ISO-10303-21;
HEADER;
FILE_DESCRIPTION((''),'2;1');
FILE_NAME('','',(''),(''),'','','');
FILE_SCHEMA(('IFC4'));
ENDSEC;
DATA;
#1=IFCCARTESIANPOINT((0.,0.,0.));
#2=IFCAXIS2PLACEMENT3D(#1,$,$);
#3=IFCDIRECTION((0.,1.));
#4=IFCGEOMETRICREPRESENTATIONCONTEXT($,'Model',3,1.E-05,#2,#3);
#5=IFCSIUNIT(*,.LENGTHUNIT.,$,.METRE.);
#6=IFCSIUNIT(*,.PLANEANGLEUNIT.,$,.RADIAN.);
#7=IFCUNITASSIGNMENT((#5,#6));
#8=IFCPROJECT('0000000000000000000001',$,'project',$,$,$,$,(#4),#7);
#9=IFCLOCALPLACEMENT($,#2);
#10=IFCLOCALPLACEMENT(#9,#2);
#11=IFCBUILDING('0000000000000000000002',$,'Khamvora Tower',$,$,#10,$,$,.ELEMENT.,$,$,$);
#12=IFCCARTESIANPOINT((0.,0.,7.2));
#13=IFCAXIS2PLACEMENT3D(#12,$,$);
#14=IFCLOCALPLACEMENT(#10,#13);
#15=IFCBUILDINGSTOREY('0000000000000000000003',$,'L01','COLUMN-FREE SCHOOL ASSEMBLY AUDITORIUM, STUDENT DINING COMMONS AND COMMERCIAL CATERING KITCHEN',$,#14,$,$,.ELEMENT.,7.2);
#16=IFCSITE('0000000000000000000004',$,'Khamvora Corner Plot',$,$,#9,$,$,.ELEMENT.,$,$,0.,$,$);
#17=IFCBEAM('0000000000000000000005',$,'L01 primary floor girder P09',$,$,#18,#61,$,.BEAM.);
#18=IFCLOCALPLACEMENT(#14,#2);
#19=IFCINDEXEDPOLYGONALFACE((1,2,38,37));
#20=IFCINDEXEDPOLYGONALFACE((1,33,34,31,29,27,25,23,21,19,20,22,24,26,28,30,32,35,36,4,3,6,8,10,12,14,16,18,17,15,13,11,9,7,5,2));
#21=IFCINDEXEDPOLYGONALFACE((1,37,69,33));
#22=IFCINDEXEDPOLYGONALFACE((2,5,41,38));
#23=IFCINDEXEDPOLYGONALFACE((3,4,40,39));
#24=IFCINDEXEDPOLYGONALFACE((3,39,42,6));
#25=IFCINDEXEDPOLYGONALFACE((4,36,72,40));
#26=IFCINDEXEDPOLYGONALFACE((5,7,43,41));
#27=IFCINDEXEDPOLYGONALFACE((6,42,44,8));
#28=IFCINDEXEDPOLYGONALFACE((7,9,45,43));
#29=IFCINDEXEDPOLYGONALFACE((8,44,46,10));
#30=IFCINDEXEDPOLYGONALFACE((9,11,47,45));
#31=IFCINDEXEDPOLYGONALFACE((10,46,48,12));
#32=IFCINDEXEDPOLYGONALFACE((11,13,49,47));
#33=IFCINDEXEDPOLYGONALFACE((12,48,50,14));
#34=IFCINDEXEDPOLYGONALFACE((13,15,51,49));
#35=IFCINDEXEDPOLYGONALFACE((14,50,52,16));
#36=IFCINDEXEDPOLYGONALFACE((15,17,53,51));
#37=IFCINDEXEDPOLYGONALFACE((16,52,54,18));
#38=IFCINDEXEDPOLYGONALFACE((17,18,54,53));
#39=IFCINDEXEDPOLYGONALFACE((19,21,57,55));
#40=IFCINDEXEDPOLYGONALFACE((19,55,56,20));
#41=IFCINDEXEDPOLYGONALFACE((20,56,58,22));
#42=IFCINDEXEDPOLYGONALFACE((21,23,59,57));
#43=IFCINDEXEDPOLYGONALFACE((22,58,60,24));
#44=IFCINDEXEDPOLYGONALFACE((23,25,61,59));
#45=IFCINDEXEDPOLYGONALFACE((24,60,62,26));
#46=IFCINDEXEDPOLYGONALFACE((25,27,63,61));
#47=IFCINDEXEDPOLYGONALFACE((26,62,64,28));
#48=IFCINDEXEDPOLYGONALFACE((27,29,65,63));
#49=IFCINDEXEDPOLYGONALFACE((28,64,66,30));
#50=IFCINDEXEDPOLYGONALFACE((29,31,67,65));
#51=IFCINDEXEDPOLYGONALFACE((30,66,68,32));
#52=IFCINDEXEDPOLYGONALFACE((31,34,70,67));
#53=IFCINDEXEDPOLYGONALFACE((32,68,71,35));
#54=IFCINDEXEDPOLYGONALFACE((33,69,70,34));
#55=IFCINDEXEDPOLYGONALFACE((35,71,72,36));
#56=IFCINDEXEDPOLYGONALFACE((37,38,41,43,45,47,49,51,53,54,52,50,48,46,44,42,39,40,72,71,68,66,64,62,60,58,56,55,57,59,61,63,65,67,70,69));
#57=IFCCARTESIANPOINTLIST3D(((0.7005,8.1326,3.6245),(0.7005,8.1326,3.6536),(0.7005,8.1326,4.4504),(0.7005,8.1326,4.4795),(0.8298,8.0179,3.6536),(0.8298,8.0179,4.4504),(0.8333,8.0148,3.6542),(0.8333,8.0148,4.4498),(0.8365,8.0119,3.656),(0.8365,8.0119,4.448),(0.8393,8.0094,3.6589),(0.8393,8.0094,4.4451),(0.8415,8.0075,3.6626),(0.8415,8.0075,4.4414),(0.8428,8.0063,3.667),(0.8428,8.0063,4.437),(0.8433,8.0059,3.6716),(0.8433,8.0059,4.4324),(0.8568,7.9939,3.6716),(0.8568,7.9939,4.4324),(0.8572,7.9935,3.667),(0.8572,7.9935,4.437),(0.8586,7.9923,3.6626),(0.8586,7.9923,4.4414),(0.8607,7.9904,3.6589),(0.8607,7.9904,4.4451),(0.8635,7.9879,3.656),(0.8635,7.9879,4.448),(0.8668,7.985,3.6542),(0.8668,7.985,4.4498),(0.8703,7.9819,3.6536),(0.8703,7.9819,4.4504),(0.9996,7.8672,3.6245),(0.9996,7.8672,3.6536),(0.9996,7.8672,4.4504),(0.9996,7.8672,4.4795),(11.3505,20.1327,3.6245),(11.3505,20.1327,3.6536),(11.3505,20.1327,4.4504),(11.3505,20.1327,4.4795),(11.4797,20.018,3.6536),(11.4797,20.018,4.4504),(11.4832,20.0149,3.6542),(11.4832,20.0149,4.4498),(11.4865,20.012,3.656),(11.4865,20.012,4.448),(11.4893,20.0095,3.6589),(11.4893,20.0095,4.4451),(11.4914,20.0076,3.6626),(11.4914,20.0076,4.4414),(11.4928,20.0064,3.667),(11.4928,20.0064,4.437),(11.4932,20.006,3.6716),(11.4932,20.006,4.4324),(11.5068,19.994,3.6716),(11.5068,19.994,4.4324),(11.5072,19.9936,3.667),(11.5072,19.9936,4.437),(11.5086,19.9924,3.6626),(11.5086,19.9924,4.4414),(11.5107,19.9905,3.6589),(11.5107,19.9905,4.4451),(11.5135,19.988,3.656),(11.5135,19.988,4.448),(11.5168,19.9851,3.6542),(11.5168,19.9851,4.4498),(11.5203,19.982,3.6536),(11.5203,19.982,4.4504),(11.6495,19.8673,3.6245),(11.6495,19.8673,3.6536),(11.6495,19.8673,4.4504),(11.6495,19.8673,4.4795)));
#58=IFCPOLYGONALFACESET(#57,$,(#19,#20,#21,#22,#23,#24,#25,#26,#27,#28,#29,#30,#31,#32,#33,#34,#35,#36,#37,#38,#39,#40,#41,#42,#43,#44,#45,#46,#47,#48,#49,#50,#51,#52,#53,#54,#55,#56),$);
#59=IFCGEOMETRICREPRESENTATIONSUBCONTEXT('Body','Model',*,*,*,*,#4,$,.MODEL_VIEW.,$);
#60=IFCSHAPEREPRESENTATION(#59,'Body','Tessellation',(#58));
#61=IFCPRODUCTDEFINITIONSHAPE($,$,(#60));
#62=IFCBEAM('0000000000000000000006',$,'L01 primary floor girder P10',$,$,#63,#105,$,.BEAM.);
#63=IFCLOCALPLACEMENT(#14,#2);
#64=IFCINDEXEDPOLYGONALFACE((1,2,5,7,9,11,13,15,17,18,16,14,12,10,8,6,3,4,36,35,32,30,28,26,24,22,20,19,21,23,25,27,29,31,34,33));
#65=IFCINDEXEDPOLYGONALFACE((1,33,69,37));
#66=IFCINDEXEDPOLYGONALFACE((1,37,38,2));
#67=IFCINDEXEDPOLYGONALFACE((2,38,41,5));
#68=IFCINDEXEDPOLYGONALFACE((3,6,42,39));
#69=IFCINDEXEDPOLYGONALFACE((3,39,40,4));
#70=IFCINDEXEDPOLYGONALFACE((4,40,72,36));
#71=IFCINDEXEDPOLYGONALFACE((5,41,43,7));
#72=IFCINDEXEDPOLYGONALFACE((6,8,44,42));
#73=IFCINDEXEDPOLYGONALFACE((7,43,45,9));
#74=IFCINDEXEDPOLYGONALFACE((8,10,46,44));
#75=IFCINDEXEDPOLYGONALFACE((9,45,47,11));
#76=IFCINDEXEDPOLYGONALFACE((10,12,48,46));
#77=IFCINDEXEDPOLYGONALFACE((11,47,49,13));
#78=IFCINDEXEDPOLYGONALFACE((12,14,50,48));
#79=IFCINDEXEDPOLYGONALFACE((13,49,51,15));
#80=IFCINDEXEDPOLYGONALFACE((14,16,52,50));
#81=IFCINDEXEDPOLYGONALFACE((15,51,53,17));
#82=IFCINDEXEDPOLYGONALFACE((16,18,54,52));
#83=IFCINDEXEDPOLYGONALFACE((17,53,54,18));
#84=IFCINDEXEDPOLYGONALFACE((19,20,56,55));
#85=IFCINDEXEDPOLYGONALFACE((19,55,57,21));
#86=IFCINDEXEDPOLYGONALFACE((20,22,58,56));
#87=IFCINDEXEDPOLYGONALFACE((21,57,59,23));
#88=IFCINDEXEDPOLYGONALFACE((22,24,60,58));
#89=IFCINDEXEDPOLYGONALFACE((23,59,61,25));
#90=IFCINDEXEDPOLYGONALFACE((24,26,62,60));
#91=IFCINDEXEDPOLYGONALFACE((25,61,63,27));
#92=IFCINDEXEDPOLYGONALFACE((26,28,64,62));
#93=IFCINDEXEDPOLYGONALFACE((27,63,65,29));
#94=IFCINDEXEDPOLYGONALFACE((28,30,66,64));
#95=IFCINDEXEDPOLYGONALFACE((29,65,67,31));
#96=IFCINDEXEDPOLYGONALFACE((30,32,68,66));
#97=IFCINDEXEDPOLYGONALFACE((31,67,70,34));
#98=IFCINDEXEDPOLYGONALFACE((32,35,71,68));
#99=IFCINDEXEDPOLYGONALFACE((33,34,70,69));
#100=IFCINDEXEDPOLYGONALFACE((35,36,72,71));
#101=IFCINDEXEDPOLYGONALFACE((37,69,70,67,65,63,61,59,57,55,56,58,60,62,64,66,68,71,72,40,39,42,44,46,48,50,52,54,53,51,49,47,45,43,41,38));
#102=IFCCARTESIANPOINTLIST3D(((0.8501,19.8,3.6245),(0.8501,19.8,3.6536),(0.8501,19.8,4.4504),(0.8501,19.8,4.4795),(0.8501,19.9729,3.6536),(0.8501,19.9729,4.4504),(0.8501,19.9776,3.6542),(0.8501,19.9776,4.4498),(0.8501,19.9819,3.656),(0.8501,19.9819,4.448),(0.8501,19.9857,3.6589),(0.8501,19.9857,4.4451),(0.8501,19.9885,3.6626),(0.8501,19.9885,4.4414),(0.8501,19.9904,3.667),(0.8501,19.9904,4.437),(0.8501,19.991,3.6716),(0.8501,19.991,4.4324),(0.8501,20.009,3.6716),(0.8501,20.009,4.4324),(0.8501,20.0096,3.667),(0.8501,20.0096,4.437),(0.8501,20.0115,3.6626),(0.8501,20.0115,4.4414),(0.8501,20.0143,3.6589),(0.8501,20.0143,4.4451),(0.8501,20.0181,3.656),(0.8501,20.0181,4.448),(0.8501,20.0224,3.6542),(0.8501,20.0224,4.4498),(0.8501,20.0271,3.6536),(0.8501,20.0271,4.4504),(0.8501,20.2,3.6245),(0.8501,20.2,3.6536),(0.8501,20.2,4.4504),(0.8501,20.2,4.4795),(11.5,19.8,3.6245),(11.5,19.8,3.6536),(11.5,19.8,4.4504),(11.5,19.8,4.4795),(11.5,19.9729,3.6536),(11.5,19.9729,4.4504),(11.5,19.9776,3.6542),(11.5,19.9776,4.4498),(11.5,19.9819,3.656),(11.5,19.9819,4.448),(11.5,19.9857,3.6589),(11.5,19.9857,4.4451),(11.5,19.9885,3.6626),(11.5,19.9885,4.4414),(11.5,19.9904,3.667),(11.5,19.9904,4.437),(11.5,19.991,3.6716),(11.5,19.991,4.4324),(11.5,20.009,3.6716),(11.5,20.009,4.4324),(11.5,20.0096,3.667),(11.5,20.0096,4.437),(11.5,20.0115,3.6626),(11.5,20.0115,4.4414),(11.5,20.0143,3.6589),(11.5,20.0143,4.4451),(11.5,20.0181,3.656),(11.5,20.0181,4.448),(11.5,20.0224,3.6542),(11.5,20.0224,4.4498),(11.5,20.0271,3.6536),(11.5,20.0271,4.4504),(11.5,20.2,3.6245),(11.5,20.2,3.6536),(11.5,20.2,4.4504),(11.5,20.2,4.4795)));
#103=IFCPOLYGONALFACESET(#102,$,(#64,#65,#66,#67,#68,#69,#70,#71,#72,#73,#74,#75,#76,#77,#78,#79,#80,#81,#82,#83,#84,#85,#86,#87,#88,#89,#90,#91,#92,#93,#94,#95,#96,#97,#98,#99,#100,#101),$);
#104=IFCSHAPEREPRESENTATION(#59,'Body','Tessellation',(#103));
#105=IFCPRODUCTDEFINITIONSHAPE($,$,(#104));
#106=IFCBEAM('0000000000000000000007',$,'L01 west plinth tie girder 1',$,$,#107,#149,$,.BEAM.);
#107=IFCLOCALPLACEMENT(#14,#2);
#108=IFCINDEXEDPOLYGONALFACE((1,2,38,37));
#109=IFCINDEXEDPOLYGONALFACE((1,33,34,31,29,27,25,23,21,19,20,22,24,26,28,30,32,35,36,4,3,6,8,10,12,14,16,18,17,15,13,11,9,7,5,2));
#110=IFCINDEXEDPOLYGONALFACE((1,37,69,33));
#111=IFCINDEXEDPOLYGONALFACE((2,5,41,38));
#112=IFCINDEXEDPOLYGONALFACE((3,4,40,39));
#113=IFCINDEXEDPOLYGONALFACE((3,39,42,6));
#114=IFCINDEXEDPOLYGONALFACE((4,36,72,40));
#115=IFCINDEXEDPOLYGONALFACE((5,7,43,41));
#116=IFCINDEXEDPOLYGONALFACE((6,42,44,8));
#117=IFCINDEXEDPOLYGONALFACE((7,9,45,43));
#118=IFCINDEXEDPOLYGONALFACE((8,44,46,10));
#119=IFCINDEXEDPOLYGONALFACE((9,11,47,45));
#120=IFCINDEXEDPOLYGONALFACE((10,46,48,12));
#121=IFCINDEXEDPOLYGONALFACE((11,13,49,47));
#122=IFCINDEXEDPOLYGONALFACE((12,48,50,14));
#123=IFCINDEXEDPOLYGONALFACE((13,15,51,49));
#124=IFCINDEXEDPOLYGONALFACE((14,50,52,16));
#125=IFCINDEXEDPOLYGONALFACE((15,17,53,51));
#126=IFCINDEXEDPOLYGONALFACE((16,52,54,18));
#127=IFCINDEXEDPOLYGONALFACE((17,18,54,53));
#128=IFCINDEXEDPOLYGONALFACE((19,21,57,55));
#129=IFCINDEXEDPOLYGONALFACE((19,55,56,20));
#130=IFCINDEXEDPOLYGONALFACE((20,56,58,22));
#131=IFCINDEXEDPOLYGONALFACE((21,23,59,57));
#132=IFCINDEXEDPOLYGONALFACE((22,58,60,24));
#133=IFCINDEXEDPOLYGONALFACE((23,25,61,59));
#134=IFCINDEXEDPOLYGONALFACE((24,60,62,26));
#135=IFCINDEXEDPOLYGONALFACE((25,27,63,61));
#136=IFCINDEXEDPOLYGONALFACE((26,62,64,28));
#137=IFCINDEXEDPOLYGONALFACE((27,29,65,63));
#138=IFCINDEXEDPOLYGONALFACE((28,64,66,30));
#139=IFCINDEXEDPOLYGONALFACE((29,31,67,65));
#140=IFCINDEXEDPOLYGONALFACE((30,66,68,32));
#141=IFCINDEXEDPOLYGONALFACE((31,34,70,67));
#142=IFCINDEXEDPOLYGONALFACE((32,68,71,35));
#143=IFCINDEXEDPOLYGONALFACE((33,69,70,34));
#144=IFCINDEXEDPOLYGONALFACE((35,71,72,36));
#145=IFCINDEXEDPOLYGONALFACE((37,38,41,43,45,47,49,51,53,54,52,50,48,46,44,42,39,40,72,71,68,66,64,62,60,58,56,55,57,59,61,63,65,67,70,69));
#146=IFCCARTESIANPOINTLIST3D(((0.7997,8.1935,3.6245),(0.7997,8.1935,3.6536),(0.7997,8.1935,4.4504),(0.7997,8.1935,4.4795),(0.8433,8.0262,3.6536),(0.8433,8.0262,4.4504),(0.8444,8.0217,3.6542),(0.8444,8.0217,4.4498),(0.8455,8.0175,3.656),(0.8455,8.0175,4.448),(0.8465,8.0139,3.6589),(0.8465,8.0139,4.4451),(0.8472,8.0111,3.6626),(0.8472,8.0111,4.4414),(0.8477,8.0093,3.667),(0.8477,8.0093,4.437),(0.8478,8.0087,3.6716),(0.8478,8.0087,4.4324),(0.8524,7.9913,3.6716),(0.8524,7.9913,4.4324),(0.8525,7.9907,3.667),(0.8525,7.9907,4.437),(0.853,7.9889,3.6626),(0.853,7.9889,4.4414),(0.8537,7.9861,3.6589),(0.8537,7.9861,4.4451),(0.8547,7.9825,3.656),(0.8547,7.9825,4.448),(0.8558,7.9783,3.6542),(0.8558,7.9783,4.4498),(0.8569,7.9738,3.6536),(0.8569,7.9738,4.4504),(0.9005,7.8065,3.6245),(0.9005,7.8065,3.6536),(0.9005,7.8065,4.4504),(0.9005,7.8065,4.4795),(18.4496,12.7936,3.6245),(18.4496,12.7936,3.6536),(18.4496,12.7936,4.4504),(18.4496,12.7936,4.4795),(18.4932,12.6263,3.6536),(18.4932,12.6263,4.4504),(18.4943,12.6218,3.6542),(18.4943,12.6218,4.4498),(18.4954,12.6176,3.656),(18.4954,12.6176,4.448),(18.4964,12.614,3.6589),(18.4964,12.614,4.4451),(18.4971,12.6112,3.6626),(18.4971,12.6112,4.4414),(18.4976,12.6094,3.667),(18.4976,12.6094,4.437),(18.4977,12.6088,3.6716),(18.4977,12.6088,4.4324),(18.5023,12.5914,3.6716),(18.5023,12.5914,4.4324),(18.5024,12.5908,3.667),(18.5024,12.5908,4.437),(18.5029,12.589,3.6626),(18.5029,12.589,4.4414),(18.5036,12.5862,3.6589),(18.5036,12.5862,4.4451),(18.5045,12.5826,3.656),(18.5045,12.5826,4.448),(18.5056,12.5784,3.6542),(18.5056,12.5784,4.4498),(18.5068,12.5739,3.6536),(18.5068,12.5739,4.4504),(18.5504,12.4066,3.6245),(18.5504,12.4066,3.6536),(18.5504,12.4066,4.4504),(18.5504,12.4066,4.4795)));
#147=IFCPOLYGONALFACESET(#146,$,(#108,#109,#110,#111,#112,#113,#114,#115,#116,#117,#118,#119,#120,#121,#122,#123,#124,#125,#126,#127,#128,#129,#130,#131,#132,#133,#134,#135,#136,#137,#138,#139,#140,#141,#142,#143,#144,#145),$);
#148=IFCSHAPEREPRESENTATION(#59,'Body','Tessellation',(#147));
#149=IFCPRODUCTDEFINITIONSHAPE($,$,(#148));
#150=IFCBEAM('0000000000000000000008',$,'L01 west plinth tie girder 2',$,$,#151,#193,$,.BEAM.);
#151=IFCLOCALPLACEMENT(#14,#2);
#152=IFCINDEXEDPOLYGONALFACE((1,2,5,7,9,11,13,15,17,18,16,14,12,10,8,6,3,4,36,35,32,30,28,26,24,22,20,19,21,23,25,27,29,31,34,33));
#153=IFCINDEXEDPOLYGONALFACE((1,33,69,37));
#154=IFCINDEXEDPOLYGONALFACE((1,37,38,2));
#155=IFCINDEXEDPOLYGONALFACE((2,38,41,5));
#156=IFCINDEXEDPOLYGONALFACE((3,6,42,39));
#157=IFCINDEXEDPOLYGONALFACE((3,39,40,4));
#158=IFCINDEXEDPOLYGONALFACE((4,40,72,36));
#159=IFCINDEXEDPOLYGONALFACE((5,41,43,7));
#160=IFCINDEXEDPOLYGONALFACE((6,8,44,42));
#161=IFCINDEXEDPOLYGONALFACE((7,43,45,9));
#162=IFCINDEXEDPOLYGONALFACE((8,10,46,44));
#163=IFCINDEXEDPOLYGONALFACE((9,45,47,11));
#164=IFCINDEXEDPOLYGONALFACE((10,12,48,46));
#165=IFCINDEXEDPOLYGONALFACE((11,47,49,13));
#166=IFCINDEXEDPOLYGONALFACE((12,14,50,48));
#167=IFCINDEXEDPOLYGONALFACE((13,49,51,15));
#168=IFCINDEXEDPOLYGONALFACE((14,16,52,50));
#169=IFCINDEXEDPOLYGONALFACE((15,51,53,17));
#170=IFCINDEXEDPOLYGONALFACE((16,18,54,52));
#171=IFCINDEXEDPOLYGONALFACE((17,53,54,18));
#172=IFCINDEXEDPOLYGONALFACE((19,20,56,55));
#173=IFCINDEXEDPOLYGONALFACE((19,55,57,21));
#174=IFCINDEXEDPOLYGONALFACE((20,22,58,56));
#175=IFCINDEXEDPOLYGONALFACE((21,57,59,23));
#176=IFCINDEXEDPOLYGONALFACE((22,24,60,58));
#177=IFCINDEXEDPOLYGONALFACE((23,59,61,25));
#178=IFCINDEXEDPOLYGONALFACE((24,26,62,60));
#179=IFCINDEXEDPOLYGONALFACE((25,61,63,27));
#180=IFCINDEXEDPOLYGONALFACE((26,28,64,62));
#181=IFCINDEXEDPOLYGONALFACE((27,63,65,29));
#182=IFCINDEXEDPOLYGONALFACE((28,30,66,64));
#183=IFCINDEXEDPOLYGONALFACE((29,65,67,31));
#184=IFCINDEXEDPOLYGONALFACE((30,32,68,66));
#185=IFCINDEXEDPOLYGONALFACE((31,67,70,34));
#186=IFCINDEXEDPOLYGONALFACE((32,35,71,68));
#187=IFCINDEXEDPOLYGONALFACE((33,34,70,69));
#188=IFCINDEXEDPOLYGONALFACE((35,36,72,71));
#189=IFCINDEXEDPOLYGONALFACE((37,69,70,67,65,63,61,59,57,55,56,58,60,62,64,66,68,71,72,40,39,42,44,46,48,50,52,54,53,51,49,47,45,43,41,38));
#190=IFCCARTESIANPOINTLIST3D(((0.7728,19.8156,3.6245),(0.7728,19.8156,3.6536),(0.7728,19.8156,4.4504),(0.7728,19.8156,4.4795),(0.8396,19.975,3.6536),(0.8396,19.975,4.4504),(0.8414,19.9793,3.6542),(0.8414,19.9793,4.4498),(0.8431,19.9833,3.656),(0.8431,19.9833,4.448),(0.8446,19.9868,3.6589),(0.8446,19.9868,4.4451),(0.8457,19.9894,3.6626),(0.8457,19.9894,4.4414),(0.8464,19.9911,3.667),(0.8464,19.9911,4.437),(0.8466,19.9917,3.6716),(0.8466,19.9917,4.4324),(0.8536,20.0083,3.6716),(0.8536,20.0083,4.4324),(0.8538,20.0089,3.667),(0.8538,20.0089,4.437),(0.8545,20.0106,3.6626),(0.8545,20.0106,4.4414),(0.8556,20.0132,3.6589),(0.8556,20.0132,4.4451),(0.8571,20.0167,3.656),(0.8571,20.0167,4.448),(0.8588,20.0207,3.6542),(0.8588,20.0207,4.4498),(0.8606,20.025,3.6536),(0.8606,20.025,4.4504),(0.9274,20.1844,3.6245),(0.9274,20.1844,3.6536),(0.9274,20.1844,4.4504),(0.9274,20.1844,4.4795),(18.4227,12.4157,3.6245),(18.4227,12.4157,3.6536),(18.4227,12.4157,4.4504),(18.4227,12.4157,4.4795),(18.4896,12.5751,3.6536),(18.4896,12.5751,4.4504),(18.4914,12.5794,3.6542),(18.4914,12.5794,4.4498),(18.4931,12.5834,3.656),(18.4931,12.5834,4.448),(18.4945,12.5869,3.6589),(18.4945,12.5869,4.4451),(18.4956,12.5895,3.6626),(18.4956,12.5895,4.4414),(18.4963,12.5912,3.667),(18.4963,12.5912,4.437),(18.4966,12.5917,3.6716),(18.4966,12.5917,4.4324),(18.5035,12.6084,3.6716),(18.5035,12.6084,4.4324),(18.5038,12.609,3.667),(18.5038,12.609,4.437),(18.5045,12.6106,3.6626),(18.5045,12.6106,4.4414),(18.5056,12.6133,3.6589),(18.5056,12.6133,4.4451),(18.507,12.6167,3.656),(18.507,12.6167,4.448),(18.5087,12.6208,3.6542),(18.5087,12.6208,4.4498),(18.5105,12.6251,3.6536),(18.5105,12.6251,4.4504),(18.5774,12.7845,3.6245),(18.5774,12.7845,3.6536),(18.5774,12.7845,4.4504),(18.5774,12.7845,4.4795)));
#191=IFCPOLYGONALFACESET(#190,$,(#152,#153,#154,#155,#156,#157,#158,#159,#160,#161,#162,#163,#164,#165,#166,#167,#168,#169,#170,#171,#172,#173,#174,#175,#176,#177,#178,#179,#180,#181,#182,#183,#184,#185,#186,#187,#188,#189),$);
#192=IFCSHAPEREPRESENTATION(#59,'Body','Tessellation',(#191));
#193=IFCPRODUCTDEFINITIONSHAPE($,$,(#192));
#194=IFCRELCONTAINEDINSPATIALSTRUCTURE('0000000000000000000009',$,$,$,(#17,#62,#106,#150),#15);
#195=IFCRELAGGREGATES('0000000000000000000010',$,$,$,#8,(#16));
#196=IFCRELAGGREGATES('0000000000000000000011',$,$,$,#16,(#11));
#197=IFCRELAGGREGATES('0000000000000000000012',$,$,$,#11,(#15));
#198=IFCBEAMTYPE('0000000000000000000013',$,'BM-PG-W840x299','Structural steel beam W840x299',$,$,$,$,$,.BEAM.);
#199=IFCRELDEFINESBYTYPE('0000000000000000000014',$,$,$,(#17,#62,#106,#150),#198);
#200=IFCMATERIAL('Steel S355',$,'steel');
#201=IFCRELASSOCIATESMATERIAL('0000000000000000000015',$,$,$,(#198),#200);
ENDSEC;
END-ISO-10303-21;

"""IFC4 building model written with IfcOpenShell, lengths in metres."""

from ifc_helpers import new_model, si_unit, direction, frame, origin, origin_2d, place, context, subcontext, project, spatial, i_section, extrude, material, material_profile, profile_set, type_object, element, save


model = new_model("IFC4")

# Units and contexts
model_context = context("Model", 3, precision=1e-05, world=origin(), true_north=direction((0.0, 1.0)))
body_context = subcontext(model_context, "Body", "Model", "MODEL_VIEW")
ifc_project = project(units=[si_unit("LENGTHUNIT", "METRE"), si_unit("PLANEANGLEUNIT", "RADIAN")], contexts=[model_context])

# Site, building, storey
site_placement = place(None, origin())
site = spatial("IfcSite", under=ifc_project, at=site_placement, Name="Khamvora Corner Plot", CompositionType="ELEMENT", RefElevation=0.0)
building_placement = place(site_placement, origin())
building = spatial("IfcBuilding", under=site, at=building_placement, Name="Khamvora Tower", CompositionType="ELEMENT")
storey_placement = place(building_placement, frame((0.0, 0.0, 7.2)))
storey = spatial("IfcBuildingStorey", under=building, at=storey_placement, Name="L01", Description="COLUMN-FREE SCHOOL ASSEMBLY AUDITORIUM, STUDENT DINING COMMONS AND COMMERCIAL CATERING KITCHEN", CompositionType="ELEMENT", Elevation=7.2)

# Beams
ifc_material_1 = material(Name="Steel S355", Category="steel")
ifc_material_profile_1 = material_profile(ifc_material_1, i_section(OverallWidth=0.3999, OverallDepth=0.855, WebThickness=0.0181, FlangeThickness=0.0291, FilletRadius=0.0181, at=origin_2d()), Name="W840x299")
ifc_profile_set_1 = profile_set([ifc_material_profile_1], Name="Steel S355")
beam_type_1 = type_object("IfcBeamType", Name="BM-PG-W840x299", Description="Structural steel beam W840x299", PredefinedType="BEAM", material=ifc_profile_set_1)
beam_1_placement = place(storey_placement, frame((11.5, 20.0, 4.052), z_axis=(-0.66378, -0.747928, 0.0), x_axis=(0.747928, -0.66378, 0.0)))
element("IfcBeam", 1, at=beam_1_placement, inside=storey, type_object=beam_type_1, Name="L01 primary floor girder P09", PredefinedType="BEAM", context=body_context, shape_type="SweptSolid", body=[
    extrude(i_section(OverallWidth=0.3999, OverallDepth=0.855, WebThickness=0.0181, FlangeThickness=0.0291, FilletRadius=0.0181, at=origin_2d()), origin(), (0.0, 0.0, 1.0), 16.0444),
])
beam_2_placement = place(storey_placement, frame((11.5, 20.0, 4.052), z_axis=(-1.0, 0.0, 0.0), x_axis=(0.0, -1.0, 0.0)))
element("IfcBeam", 2, at=beam_2_placement, inside=storey, type_object=beam_type_1, Name="L01 primary floor girder P10", PredefinedType="BEAM", context=body_context, shape_type="SweptSolid", body=[
    extrude(i_section(OverallWidth=0.3999, OverallDepth=0.855, WebThickness=0.0181, FlangeThickness=0.0291, FilletRadius=0.0181, at=origin_2d()), origin(), (0.0, 0.0, 1.0), 10.6499),
])
beam_3_placement = place(storey_placement, frame((0.8501, 8.0, 4.052), z_axis=(0.967674, 0.252205, 0.0), x_axis=(-0.252205, 0.967674, 0.0)))
element("IfcBeam", 3, at=beam_3_placement, inside=storey, type_object=beam_type_1, Name="L01 west plinth tie girder 1", PredefinedType="BEAM", context=body_context, shape_type="SweptSolid", body=[
    extrude(i_section(OverallWidth=0.3999, OverallDepth=0.855, WebThickness=0.0181, FlangeThickness=0.0291, FilletRadius=0.0181, at=origin_2d()), origin(), (0.0, 0.0, 1.0), 18.2395),
])
beam_4_placement = place(storey_placement, frame((0.8501, 20.0, 4.052), z_axis=(0.922225, -0.386652, 0.0), x_axis=(0.386652, 0.922225, 0.0)))
element("IfcBeam", 4, at=beam_4_placement, inside=storey, type_object=beam_type_1, Name="L01 west plinth tie girder 2", PredefinedType="BEAM", context=body_context, shape_type="SweptSolid", body=[
    extrude(i_section(OverallWidth=0.3999, OverallDepth=0.855, WebThickness=0.0181, FlangeThickness=0.0291, FilletRadius=0.0181, at=origin_2d()), origin(), (0.0, 0.0, 1.0), 19.1384),
])

save(model, "model.ifc")
